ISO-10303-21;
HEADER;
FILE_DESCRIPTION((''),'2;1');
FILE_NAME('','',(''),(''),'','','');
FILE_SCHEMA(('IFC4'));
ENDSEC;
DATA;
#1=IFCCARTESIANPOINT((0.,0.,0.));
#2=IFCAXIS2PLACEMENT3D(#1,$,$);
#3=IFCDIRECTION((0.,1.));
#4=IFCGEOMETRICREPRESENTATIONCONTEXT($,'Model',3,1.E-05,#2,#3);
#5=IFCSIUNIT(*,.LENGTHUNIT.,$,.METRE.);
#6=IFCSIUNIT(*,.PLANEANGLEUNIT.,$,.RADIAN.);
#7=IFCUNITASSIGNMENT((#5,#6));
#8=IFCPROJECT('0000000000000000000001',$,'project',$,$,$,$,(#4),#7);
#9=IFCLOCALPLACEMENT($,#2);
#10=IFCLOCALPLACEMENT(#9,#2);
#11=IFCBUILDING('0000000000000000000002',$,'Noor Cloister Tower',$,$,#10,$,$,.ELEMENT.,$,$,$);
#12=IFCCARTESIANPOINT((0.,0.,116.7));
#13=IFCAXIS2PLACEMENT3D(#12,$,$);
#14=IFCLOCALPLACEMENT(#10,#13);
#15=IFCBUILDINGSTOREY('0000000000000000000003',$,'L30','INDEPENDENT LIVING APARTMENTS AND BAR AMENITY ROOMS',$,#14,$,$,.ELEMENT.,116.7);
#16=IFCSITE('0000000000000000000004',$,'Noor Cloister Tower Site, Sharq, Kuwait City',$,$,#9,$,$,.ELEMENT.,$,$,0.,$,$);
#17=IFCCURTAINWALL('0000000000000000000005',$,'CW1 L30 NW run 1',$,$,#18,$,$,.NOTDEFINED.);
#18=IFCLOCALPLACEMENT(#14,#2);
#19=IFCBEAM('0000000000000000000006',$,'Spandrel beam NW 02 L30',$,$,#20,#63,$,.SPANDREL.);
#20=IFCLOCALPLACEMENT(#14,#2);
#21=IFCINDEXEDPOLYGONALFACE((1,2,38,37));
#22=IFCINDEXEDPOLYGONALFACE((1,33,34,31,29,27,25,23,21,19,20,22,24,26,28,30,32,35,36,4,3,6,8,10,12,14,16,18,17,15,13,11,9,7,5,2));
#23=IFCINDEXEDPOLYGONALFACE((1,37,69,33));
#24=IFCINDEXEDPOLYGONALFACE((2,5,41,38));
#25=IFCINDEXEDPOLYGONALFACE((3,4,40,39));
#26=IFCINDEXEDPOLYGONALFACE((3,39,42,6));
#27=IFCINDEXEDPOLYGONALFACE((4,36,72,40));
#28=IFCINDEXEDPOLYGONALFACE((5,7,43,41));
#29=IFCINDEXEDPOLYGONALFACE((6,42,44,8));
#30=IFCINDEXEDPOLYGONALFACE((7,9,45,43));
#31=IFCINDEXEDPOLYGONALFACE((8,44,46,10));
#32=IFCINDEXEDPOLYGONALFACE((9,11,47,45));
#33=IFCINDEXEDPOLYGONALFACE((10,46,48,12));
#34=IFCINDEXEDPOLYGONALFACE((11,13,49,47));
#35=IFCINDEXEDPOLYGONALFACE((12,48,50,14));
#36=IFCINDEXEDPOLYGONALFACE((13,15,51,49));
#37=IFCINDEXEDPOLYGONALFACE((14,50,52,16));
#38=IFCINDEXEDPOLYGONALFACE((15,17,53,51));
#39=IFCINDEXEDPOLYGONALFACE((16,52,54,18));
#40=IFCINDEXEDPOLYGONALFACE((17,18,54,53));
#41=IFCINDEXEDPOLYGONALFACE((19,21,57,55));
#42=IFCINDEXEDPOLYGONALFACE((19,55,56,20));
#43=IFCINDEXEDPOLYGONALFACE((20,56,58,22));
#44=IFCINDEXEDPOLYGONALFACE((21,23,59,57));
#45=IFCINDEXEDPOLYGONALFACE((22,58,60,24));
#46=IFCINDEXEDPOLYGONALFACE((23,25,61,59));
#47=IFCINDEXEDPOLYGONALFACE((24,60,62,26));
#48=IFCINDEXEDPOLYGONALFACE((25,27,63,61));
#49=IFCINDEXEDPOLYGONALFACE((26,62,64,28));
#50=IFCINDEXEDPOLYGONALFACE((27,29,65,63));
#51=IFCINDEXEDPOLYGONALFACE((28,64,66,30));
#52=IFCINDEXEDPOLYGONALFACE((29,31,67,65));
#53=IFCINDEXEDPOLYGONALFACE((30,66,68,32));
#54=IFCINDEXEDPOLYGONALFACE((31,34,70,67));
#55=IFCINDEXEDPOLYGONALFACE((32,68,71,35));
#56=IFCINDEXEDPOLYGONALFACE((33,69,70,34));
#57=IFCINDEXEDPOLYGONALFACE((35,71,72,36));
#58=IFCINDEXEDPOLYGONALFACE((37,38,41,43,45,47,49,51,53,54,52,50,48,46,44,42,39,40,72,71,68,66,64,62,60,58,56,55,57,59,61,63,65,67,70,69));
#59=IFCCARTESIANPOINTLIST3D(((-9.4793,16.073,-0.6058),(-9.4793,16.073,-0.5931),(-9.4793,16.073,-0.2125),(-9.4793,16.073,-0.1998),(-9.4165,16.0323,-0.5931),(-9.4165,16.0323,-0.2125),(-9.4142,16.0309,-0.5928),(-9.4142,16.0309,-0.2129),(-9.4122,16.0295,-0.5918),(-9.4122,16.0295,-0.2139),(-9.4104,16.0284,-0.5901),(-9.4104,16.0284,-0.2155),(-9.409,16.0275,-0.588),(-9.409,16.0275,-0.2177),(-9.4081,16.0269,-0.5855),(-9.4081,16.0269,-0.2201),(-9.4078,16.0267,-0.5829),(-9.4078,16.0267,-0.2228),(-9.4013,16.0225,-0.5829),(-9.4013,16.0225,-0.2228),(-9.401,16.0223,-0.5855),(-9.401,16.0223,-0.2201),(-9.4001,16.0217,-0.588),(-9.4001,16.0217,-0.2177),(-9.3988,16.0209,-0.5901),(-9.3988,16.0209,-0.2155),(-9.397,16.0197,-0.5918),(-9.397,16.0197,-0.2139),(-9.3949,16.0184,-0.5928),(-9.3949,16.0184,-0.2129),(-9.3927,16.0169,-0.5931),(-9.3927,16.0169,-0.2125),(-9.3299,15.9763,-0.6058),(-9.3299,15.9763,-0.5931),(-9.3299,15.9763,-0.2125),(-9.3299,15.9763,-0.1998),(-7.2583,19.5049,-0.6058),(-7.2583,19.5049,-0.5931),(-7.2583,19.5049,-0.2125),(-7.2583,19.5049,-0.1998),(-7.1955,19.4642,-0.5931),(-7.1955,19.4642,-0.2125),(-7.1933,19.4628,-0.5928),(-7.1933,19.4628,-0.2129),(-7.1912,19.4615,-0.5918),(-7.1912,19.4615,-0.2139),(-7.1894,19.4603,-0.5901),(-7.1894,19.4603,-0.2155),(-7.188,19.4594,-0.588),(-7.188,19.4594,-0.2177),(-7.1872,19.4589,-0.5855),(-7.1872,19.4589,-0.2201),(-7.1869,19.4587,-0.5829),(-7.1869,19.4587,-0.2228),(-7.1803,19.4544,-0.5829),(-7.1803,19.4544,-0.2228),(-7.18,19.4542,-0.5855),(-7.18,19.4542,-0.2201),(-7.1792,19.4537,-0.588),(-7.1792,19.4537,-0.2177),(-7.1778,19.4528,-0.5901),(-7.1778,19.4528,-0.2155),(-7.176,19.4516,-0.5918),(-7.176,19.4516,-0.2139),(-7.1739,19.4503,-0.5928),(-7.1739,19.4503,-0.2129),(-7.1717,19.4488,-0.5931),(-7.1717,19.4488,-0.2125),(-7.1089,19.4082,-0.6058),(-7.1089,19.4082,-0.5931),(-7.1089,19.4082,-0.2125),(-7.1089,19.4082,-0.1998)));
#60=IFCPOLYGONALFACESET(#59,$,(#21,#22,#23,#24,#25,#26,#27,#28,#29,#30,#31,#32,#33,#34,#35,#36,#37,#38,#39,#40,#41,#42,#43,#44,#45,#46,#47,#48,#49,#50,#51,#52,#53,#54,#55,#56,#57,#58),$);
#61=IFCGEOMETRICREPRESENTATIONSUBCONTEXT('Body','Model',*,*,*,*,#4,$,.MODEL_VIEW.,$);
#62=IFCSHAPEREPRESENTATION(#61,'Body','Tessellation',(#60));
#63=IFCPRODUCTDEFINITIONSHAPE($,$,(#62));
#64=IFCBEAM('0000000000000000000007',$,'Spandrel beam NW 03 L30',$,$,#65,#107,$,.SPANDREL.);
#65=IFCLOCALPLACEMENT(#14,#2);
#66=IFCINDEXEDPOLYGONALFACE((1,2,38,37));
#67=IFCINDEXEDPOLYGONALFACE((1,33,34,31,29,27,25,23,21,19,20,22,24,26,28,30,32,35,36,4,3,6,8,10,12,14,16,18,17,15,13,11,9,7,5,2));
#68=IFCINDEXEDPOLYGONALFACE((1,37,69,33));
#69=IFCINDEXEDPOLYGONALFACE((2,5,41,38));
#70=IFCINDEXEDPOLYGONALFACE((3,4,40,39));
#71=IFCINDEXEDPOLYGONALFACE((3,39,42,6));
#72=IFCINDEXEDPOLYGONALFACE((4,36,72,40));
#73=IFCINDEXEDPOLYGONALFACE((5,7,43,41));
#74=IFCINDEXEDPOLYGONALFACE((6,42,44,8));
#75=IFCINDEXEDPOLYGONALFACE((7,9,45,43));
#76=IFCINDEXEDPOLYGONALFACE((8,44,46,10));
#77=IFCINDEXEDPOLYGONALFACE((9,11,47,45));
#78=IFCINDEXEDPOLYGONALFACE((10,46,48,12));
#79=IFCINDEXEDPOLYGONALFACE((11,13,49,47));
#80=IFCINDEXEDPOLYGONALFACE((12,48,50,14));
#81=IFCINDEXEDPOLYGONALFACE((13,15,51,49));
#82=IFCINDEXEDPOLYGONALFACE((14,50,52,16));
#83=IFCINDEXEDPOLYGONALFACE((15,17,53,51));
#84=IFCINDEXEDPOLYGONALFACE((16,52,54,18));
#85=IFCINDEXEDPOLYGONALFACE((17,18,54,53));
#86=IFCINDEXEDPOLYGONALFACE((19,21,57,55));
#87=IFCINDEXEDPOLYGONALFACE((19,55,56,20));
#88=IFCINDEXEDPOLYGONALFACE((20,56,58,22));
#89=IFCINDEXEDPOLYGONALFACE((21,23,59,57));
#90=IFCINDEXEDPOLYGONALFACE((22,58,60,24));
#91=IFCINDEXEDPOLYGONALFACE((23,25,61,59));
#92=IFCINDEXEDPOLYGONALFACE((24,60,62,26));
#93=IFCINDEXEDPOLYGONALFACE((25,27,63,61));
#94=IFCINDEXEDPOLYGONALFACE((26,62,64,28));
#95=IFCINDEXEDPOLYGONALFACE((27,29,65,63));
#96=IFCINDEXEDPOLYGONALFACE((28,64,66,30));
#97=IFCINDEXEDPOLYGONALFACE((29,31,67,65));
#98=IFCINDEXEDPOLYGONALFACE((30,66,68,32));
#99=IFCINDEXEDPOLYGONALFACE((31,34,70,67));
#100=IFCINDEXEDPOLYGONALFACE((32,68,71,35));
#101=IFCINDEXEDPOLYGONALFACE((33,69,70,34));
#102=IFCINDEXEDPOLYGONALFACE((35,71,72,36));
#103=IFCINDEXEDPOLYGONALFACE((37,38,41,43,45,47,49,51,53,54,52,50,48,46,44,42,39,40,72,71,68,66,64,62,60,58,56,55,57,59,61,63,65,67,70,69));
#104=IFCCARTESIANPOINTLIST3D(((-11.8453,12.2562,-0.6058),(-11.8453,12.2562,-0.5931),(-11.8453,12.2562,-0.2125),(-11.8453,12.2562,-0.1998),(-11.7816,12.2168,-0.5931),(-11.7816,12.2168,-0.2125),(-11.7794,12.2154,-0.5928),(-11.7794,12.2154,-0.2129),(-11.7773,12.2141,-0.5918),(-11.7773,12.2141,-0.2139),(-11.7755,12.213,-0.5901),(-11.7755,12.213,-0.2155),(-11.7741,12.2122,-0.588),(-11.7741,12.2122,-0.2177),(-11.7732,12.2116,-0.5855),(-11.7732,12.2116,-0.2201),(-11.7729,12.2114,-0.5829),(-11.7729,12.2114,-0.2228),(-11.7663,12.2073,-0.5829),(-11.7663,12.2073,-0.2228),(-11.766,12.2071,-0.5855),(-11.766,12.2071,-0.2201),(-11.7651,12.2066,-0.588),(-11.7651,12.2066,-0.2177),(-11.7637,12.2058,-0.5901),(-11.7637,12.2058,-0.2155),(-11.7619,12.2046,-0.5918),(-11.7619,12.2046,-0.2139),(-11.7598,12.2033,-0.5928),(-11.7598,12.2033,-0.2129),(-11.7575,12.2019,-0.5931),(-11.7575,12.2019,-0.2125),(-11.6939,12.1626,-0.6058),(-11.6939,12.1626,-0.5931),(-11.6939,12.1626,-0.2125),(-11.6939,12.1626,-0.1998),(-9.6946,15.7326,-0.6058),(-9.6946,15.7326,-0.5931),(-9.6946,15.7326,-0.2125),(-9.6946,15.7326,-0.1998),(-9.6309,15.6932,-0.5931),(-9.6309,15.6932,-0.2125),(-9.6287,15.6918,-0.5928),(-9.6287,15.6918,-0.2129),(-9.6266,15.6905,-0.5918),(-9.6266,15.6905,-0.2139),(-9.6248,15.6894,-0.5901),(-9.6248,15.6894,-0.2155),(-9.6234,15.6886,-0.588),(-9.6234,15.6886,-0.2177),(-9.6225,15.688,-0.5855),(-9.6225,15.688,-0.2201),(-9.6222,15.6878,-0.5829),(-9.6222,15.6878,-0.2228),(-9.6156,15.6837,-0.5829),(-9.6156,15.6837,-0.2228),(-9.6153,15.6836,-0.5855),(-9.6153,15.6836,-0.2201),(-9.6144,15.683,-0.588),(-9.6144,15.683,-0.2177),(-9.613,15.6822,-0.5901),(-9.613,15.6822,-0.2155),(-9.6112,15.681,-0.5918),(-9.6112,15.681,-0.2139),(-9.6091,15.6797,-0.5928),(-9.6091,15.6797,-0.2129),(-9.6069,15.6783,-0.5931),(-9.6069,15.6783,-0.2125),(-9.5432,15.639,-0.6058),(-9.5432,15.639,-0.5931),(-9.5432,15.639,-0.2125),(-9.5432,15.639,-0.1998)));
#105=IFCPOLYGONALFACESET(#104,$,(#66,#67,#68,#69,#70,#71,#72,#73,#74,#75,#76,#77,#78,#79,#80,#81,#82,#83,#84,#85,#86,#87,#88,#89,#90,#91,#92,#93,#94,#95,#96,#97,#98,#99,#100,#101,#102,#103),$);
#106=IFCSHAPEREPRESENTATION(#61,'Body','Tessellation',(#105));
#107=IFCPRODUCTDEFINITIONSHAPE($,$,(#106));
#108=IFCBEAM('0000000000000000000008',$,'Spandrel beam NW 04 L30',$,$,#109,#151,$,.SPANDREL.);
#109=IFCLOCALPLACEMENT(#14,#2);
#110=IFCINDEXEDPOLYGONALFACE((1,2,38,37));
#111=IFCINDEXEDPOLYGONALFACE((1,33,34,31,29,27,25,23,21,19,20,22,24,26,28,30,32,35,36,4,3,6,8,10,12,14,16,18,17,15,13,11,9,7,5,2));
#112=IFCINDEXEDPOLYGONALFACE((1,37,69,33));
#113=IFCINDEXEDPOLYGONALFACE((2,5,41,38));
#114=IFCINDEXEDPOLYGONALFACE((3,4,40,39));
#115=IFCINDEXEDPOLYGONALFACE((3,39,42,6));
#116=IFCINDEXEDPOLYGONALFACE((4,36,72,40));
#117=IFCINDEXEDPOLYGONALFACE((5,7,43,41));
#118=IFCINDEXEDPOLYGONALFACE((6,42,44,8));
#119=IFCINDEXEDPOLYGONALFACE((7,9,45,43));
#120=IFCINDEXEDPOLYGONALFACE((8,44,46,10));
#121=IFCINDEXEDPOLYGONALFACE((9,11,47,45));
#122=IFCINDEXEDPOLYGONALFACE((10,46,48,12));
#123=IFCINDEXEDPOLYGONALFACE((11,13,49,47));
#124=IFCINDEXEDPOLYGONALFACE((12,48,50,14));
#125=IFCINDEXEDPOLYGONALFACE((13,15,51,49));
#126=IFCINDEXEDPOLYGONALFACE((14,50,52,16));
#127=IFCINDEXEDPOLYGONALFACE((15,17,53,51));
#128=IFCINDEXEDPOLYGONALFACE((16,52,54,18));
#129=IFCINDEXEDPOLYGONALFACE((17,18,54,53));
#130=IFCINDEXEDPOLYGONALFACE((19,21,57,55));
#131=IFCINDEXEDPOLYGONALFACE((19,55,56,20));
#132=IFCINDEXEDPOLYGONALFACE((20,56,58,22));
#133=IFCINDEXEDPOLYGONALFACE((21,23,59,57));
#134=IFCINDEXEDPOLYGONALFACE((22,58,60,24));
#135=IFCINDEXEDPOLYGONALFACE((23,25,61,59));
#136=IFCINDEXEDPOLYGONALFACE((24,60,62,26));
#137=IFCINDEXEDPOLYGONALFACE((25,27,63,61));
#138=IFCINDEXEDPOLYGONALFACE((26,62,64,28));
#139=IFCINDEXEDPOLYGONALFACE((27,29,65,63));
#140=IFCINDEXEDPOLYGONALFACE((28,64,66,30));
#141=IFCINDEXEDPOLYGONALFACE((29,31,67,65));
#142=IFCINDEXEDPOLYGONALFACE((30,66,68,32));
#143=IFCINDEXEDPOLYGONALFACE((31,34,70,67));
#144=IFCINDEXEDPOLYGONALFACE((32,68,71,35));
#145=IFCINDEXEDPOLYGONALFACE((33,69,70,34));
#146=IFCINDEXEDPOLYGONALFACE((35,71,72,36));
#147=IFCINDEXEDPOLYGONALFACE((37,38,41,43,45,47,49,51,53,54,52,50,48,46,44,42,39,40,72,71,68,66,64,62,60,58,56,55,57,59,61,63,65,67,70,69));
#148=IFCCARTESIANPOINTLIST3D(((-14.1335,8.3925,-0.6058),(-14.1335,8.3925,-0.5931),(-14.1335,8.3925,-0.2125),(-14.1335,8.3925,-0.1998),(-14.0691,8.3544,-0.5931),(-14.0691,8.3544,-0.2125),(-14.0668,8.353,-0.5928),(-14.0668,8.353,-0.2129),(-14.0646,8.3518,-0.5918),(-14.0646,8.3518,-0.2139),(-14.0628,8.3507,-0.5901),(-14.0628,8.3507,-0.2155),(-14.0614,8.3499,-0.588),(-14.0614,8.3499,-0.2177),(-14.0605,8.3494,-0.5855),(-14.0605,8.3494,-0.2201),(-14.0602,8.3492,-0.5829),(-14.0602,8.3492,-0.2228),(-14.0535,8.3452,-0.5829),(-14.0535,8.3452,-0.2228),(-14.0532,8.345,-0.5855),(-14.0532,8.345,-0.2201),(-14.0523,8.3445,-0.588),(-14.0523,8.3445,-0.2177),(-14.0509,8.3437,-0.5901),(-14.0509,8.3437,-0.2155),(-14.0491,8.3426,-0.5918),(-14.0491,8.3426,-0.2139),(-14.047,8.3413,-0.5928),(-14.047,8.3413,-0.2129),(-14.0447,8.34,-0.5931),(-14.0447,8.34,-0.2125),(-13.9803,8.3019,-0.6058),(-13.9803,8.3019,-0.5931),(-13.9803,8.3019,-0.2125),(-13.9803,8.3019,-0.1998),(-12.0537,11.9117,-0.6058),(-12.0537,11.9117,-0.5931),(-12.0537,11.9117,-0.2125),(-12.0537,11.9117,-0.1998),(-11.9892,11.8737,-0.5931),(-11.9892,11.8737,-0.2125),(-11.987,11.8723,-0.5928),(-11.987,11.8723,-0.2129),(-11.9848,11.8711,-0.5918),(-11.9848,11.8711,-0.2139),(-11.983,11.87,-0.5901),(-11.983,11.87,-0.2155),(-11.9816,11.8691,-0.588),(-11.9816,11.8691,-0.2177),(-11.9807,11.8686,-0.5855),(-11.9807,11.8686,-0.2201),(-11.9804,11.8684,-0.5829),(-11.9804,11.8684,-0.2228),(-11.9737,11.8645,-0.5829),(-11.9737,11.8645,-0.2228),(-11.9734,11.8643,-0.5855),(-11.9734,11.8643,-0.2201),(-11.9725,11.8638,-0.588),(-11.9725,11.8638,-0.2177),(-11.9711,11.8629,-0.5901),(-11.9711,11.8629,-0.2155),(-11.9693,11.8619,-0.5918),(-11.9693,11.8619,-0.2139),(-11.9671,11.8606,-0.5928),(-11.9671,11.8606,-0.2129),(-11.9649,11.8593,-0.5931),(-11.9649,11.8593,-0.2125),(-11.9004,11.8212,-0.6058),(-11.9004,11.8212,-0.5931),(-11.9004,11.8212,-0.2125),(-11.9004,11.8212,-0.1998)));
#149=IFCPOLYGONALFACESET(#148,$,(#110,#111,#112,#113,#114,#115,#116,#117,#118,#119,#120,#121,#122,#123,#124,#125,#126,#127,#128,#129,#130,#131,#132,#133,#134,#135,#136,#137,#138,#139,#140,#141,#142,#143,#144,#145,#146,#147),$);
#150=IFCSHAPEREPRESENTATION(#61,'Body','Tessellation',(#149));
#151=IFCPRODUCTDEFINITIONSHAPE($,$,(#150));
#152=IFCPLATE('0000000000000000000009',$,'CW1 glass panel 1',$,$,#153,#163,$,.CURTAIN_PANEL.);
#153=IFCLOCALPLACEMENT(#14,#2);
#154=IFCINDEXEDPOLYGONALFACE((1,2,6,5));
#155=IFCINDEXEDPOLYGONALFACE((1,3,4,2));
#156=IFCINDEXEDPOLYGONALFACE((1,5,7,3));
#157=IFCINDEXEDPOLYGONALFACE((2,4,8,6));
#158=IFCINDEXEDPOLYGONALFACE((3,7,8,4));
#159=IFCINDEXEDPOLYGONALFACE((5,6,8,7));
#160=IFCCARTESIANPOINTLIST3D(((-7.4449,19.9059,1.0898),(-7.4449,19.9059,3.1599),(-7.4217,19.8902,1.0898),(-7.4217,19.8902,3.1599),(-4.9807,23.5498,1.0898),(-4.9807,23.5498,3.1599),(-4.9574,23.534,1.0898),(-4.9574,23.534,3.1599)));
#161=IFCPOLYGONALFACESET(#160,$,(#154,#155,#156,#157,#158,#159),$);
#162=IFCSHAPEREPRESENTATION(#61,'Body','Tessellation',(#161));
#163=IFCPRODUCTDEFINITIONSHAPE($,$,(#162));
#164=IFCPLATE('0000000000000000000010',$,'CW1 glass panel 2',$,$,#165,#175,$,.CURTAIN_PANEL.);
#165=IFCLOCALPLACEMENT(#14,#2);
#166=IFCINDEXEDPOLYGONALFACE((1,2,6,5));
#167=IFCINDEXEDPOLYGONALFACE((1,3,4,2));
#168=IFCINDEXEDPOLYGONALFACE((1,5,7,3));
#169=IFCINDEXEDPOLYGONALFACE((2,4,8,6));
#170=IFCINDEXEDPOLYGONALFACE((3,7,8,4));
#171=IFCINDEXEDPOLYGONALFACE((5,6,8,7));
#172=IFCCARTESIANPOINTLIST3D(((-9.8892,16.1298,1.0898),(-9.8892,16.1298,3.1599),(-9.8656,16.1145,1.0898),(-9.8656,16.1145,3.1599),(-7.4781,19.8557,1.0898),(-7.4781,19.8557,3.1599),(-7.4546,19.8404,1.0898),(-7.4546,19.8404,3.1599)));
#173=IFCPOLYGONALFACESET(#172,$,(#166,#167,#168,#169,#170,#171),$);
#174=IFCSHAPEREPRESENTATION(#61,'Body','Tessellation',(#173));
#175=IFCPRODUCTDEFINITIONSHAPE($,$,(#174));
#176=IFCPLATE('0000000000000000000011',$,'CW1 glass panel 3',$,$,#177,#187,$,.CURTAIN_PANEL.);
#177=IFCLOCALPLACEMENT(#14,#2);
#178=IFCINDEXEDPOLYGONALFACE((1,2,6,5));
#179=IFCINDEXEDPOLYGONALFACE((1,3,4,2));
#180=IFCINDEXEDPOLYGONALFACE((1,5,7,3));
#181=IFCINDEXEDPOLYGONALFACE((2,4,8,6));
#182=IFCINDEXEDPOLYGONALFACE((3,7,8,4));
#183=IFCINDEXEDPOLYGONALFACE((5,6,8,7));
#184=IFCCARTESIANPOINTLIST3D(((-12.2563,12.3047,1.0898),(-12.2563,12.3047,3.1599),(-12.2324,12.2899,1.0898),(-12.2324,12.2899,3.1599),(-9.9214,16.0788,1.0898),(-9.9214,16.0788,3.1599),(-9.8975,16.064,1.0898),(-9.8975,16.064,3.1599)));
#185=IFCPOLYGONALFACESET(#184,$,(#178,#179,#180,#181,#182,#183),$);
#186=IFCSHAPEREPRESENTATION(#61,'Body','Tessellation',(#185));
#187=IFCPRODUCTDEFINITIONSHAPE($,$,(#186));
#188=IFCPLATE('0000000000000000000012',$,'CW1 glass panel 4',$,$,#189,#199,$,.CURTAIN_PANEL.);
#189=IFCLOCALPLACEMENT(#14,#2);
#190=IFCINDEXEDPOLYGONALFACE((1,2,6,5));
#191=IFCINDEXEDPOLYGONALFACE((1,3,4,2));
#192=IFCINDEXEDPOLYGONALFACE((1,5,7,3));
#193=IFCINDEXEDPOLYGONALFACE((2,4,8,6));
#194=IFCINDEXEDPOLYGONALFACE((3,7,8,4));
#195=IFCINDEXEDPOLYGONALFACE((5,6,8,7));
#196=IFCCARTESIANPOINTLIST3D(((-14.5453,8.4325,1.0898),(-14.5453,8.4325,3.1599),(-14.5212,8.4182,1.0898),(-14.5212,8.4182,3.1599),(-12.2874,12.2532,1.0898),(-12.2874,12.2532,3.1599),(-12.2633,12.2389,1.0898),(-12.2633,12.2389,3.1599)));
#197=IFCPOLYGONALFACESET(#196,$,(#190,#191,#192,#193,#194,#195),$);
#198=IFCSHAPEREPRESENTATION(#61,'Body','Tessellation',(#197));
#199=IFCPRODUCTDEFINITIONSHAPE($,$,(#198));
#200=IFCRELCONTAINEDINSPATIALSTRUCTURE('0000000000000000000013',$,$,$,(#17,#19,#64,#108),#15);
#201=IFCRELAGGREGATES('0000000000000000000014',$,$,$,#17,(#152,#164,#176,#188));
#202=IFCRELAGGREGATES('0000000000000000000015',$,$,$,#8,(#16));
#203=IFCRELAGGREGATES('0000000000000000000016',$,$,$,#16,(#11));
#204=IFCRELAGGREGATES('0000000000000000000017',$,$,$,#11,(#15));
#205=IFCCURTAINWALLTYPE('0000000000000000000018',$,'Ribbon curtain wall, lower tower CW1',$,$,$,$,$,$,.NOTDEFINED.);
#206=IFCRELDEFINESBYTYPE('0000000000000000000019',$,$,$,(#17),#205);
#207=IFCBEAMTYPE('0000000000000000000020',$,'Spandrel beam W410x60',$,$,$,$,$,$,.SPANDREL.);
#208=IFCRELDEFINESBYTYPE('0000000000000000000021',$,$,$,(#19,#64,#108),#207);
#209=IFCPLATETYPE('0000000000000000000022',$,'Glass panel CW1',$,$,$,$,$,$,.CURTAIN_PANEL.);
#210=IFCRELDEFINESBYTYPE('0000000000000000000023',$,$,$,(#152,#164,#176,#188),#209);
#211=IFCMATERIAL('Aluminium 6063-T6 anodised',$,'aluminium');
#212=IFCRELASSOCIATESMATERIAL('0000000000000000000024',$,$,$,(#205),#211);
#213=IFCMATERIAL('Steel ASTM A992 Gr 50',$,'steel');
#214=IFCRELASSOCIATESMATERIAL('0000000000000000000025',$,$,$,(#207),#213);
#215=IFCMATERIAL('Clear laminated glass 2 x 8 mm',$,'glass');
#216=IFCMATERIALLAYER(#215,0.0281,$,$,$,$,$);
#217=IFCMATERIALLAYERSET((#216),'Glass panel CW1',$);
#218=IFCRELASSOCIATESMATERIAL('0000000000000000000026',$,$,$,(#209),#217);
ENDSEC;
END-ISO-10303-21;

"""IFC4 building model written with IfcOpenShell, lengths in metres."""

from ifc_helpers import new_model, si_unit, direction, frame, origin, origin_2d, place, context, subcontext, project, spatial, rectangle, i_section, extrude, material, layer, layer_set, material_profile, profile_set, type_object, element, aggregate, save


model = new_model("IFC4")

# Units and contexts
model_context = context("Model", 3, precision=1e-05, world=origin(), true_north=direction((0.0, 1.0)))
body_context = subcontext(model_context, "Body", "Model", "MODEL_VIEW")
ifc_project = project(units=[si_unit("LENGTHUNIT", "METRE"), si_unit("PLANEANGLEUNIT", "RADIAN")], contexts=[model_context])

# Site, building, storey
site_placement = place(None, origin())
site = spatial("IfcSite", under=ifc_project, at=site_placement, Name="Noor Cloister Tower Site, Sharq, Kuwait City", CompositionType="ELEMENT", RefElevation=0.0)
building_placement = place(site_placement, origin())
building = spatial("IfcBuilding", under=site, at=building_placement, Name="Noor Cloister Tower", CompositionType="ELEMENT")
storey_placement = place(building_placement, frame((0.0, 0.0, 116.7)))
storey = spatial("IfcBuildingStorey", under=building, at=storey_placement, Name="L30", Description="INDEPENDENT LIVING APARTMENTS AND BAR AMENITY ROOMS", CompositionType="ELEMENT", Elevation=116.7)

# Curtain wall
ifc_material_1 = material(Name="Aluminium 6063-T6 anodised", Category="aluminium")
curtain_wall_type = type_object("IfcCurtainWallType", Name="Ribbon curtain wall, lower tower CW1", PredefinedType="NOTDEFINED", material=ifc_material_1)
curtain_wall_placement = place(storey_placement, origin())
curtain_wall = element("IfcCurtainWall", 1, at=curtain_wall_placement, inside=storey, type_object=curtain_wall_type, Name="CW1 L30 NW run 1", PredefinedType="NOTDEFINED")

# Beams
ifc_material_2 = material(Name="Steel ASTM A992 Gr 50", Category="steel")
ifc_material_profile_1 = material_profile(ifc_material_2, i_section(OverallWidth=0.178, OverallDepth=0.406, WebThickness=0.0078, FlangeThickness=0.0127, FilletRadius=0.0103, at=origin_2d()), Name="W410x60")
ifc_profile_set_1 = profile_set([ifc_material_profile_1], Name="Steel ASTM A992 Gr 50")
beam_type_1 = type_object("IfcBeamType", Name="Spandrel beam W410x60", PredefinedType="SPANDREL", material=ifc_profile_set_1)
for number, where, z_axis, x_axis, name in (
    (2, (-7.1836, 19.4565, -0.4028), (-0.543306, -0.839535, 0.0), (0.839535, -0.543306, 0.0), "Spandrel beam NW 02 L30"),
    (3, (-9.6189, 15.6858, -0.4028), (-0.526112, -0.850415, 0.0), (0.850415, -0.526112, 0.0), "Spandrel beam NW 03 L30"),
    (4, (-11.9771, 11.8665, -0.4028), (-0.508776, -0.860899, 0.0), (0.860899, -0.508776, 0.0), "Spandrel beam NW 04 L30"),
):
    element("IfcBeam", number, at=place(storey_placement, frame(where, z_axis=z_axis, x_axis=x_axis)), inside=storey, type_object=beam_type_1, Name=name, PredefinedType="SPANDREL", context=body_context, shape_type="SweptSolid", body=[
        extrude(i_section(OverallWidth=0.178, OverallDepth=0.406, WebThickness=0.0078, FlangeThickness=0.0127, FilletRadius=0.0103, at=origin_2d()), origin(), (0.0, 0.0, 1.0), 4.0879),
    ])

# Plates
ifc_material_3 = material(Name="Clear laminated glass 2 x 8 mm", Category="glass")
ifc_layer_1 = layer(ifc_material_3, 0.0281)
ifc_layer_set_1 = layer_set([ifc_layer_1], Name="Glass panel CW1")
plate_type = type_object("IfcPlateType", Name="Glass panel CW1", PredefinedType="CURTAIN_PANEL", material=ifc_layer_set_1)
plate_1_placement = place(storey_placement, frame((-6.2012, 21.72, 1.0898), z_axis=(0.0, 0.0, 1.0), x_axis=(-0.560203, -0.828356, 0.0)))
plate_1 = element("IfcPlate", 5, at=plate_1_placement, type_object=plate_type, Name="CW1 glass panel 1", PredefinedType="CURTAIN_PANEL", context=body_context, shape_type="SweptSolid", body=[
    extrude(rectangle(XDim=4.3989, YDim=0.0281, at=origin_2d()), origin(), (0.0, 0.0, 1.0), 2.0701),
])
plate_2_placement = place(storey_placement, frame((-8.6719, 17.9851, 1.0898), z_axis=(0.0, 0.0, 1.0), x_axis=(-0.543277, -0.839553, 0.0)))
plate_2 = element("IfcPlate", 6, at=plate_2_placement, type_object=plate_type, Name="CW1 glass panel 2", PredefinedType="CURTAIN_PANEL", context=body_context, shape_type="SweptSolid", body=[
    extrude(rectangle(XDim=4.438, YDim=0.0281, at=origin_2d()), origin(), (0.0, 0.0, 1.0), 2.0701),
])
plate_3_placement = place(storey_placement, frame((-11.0769, 14.1843, 1.0898), z_axis=(0.0, 0.0, 1.0), x_axis=(-0.526128, -0.850405, 0.0)))
plate_3 = element("IfcPlate", 7, at=plate_3_placement, type_object=plate_type, Name="CW1 glass panel 3", PredefinedType="CURTAIN_PANEL", context=body_context, shape_type="SweptSolid", body=[
    extrude(rectangle(XDim=4.438, YDim=0.0281, at=origin_2d()), origin(), (0.0, 0.0, 1.0), 2.0701),
])
plate_4_placement = place(storey_placement, frame((-13.4043, 10.3357, 1.0898), z_axis=(0.0, 0.0, 1.0), x_axis=(-0.508762, -0.860907, 0.0)))
plate_4 = element("IfcPlate", 8, at=plate_4_placement, type_object=plate_type, Name="CW1 glass panel 4", PredefinedType="CURTAIN_PANEL", context=body_context, shape_type="SweptSolid", body=[
    extrude(rectangle(XDim=4.438, YDim=0.0281, at=origin_2d()), origin(), (0.0, 0.0, 1.0), 2.0701),
])
aggregate(curtain_wall, [plate_1, plate_2, plate_3, plate_4])

save(model, "model.ifc")
